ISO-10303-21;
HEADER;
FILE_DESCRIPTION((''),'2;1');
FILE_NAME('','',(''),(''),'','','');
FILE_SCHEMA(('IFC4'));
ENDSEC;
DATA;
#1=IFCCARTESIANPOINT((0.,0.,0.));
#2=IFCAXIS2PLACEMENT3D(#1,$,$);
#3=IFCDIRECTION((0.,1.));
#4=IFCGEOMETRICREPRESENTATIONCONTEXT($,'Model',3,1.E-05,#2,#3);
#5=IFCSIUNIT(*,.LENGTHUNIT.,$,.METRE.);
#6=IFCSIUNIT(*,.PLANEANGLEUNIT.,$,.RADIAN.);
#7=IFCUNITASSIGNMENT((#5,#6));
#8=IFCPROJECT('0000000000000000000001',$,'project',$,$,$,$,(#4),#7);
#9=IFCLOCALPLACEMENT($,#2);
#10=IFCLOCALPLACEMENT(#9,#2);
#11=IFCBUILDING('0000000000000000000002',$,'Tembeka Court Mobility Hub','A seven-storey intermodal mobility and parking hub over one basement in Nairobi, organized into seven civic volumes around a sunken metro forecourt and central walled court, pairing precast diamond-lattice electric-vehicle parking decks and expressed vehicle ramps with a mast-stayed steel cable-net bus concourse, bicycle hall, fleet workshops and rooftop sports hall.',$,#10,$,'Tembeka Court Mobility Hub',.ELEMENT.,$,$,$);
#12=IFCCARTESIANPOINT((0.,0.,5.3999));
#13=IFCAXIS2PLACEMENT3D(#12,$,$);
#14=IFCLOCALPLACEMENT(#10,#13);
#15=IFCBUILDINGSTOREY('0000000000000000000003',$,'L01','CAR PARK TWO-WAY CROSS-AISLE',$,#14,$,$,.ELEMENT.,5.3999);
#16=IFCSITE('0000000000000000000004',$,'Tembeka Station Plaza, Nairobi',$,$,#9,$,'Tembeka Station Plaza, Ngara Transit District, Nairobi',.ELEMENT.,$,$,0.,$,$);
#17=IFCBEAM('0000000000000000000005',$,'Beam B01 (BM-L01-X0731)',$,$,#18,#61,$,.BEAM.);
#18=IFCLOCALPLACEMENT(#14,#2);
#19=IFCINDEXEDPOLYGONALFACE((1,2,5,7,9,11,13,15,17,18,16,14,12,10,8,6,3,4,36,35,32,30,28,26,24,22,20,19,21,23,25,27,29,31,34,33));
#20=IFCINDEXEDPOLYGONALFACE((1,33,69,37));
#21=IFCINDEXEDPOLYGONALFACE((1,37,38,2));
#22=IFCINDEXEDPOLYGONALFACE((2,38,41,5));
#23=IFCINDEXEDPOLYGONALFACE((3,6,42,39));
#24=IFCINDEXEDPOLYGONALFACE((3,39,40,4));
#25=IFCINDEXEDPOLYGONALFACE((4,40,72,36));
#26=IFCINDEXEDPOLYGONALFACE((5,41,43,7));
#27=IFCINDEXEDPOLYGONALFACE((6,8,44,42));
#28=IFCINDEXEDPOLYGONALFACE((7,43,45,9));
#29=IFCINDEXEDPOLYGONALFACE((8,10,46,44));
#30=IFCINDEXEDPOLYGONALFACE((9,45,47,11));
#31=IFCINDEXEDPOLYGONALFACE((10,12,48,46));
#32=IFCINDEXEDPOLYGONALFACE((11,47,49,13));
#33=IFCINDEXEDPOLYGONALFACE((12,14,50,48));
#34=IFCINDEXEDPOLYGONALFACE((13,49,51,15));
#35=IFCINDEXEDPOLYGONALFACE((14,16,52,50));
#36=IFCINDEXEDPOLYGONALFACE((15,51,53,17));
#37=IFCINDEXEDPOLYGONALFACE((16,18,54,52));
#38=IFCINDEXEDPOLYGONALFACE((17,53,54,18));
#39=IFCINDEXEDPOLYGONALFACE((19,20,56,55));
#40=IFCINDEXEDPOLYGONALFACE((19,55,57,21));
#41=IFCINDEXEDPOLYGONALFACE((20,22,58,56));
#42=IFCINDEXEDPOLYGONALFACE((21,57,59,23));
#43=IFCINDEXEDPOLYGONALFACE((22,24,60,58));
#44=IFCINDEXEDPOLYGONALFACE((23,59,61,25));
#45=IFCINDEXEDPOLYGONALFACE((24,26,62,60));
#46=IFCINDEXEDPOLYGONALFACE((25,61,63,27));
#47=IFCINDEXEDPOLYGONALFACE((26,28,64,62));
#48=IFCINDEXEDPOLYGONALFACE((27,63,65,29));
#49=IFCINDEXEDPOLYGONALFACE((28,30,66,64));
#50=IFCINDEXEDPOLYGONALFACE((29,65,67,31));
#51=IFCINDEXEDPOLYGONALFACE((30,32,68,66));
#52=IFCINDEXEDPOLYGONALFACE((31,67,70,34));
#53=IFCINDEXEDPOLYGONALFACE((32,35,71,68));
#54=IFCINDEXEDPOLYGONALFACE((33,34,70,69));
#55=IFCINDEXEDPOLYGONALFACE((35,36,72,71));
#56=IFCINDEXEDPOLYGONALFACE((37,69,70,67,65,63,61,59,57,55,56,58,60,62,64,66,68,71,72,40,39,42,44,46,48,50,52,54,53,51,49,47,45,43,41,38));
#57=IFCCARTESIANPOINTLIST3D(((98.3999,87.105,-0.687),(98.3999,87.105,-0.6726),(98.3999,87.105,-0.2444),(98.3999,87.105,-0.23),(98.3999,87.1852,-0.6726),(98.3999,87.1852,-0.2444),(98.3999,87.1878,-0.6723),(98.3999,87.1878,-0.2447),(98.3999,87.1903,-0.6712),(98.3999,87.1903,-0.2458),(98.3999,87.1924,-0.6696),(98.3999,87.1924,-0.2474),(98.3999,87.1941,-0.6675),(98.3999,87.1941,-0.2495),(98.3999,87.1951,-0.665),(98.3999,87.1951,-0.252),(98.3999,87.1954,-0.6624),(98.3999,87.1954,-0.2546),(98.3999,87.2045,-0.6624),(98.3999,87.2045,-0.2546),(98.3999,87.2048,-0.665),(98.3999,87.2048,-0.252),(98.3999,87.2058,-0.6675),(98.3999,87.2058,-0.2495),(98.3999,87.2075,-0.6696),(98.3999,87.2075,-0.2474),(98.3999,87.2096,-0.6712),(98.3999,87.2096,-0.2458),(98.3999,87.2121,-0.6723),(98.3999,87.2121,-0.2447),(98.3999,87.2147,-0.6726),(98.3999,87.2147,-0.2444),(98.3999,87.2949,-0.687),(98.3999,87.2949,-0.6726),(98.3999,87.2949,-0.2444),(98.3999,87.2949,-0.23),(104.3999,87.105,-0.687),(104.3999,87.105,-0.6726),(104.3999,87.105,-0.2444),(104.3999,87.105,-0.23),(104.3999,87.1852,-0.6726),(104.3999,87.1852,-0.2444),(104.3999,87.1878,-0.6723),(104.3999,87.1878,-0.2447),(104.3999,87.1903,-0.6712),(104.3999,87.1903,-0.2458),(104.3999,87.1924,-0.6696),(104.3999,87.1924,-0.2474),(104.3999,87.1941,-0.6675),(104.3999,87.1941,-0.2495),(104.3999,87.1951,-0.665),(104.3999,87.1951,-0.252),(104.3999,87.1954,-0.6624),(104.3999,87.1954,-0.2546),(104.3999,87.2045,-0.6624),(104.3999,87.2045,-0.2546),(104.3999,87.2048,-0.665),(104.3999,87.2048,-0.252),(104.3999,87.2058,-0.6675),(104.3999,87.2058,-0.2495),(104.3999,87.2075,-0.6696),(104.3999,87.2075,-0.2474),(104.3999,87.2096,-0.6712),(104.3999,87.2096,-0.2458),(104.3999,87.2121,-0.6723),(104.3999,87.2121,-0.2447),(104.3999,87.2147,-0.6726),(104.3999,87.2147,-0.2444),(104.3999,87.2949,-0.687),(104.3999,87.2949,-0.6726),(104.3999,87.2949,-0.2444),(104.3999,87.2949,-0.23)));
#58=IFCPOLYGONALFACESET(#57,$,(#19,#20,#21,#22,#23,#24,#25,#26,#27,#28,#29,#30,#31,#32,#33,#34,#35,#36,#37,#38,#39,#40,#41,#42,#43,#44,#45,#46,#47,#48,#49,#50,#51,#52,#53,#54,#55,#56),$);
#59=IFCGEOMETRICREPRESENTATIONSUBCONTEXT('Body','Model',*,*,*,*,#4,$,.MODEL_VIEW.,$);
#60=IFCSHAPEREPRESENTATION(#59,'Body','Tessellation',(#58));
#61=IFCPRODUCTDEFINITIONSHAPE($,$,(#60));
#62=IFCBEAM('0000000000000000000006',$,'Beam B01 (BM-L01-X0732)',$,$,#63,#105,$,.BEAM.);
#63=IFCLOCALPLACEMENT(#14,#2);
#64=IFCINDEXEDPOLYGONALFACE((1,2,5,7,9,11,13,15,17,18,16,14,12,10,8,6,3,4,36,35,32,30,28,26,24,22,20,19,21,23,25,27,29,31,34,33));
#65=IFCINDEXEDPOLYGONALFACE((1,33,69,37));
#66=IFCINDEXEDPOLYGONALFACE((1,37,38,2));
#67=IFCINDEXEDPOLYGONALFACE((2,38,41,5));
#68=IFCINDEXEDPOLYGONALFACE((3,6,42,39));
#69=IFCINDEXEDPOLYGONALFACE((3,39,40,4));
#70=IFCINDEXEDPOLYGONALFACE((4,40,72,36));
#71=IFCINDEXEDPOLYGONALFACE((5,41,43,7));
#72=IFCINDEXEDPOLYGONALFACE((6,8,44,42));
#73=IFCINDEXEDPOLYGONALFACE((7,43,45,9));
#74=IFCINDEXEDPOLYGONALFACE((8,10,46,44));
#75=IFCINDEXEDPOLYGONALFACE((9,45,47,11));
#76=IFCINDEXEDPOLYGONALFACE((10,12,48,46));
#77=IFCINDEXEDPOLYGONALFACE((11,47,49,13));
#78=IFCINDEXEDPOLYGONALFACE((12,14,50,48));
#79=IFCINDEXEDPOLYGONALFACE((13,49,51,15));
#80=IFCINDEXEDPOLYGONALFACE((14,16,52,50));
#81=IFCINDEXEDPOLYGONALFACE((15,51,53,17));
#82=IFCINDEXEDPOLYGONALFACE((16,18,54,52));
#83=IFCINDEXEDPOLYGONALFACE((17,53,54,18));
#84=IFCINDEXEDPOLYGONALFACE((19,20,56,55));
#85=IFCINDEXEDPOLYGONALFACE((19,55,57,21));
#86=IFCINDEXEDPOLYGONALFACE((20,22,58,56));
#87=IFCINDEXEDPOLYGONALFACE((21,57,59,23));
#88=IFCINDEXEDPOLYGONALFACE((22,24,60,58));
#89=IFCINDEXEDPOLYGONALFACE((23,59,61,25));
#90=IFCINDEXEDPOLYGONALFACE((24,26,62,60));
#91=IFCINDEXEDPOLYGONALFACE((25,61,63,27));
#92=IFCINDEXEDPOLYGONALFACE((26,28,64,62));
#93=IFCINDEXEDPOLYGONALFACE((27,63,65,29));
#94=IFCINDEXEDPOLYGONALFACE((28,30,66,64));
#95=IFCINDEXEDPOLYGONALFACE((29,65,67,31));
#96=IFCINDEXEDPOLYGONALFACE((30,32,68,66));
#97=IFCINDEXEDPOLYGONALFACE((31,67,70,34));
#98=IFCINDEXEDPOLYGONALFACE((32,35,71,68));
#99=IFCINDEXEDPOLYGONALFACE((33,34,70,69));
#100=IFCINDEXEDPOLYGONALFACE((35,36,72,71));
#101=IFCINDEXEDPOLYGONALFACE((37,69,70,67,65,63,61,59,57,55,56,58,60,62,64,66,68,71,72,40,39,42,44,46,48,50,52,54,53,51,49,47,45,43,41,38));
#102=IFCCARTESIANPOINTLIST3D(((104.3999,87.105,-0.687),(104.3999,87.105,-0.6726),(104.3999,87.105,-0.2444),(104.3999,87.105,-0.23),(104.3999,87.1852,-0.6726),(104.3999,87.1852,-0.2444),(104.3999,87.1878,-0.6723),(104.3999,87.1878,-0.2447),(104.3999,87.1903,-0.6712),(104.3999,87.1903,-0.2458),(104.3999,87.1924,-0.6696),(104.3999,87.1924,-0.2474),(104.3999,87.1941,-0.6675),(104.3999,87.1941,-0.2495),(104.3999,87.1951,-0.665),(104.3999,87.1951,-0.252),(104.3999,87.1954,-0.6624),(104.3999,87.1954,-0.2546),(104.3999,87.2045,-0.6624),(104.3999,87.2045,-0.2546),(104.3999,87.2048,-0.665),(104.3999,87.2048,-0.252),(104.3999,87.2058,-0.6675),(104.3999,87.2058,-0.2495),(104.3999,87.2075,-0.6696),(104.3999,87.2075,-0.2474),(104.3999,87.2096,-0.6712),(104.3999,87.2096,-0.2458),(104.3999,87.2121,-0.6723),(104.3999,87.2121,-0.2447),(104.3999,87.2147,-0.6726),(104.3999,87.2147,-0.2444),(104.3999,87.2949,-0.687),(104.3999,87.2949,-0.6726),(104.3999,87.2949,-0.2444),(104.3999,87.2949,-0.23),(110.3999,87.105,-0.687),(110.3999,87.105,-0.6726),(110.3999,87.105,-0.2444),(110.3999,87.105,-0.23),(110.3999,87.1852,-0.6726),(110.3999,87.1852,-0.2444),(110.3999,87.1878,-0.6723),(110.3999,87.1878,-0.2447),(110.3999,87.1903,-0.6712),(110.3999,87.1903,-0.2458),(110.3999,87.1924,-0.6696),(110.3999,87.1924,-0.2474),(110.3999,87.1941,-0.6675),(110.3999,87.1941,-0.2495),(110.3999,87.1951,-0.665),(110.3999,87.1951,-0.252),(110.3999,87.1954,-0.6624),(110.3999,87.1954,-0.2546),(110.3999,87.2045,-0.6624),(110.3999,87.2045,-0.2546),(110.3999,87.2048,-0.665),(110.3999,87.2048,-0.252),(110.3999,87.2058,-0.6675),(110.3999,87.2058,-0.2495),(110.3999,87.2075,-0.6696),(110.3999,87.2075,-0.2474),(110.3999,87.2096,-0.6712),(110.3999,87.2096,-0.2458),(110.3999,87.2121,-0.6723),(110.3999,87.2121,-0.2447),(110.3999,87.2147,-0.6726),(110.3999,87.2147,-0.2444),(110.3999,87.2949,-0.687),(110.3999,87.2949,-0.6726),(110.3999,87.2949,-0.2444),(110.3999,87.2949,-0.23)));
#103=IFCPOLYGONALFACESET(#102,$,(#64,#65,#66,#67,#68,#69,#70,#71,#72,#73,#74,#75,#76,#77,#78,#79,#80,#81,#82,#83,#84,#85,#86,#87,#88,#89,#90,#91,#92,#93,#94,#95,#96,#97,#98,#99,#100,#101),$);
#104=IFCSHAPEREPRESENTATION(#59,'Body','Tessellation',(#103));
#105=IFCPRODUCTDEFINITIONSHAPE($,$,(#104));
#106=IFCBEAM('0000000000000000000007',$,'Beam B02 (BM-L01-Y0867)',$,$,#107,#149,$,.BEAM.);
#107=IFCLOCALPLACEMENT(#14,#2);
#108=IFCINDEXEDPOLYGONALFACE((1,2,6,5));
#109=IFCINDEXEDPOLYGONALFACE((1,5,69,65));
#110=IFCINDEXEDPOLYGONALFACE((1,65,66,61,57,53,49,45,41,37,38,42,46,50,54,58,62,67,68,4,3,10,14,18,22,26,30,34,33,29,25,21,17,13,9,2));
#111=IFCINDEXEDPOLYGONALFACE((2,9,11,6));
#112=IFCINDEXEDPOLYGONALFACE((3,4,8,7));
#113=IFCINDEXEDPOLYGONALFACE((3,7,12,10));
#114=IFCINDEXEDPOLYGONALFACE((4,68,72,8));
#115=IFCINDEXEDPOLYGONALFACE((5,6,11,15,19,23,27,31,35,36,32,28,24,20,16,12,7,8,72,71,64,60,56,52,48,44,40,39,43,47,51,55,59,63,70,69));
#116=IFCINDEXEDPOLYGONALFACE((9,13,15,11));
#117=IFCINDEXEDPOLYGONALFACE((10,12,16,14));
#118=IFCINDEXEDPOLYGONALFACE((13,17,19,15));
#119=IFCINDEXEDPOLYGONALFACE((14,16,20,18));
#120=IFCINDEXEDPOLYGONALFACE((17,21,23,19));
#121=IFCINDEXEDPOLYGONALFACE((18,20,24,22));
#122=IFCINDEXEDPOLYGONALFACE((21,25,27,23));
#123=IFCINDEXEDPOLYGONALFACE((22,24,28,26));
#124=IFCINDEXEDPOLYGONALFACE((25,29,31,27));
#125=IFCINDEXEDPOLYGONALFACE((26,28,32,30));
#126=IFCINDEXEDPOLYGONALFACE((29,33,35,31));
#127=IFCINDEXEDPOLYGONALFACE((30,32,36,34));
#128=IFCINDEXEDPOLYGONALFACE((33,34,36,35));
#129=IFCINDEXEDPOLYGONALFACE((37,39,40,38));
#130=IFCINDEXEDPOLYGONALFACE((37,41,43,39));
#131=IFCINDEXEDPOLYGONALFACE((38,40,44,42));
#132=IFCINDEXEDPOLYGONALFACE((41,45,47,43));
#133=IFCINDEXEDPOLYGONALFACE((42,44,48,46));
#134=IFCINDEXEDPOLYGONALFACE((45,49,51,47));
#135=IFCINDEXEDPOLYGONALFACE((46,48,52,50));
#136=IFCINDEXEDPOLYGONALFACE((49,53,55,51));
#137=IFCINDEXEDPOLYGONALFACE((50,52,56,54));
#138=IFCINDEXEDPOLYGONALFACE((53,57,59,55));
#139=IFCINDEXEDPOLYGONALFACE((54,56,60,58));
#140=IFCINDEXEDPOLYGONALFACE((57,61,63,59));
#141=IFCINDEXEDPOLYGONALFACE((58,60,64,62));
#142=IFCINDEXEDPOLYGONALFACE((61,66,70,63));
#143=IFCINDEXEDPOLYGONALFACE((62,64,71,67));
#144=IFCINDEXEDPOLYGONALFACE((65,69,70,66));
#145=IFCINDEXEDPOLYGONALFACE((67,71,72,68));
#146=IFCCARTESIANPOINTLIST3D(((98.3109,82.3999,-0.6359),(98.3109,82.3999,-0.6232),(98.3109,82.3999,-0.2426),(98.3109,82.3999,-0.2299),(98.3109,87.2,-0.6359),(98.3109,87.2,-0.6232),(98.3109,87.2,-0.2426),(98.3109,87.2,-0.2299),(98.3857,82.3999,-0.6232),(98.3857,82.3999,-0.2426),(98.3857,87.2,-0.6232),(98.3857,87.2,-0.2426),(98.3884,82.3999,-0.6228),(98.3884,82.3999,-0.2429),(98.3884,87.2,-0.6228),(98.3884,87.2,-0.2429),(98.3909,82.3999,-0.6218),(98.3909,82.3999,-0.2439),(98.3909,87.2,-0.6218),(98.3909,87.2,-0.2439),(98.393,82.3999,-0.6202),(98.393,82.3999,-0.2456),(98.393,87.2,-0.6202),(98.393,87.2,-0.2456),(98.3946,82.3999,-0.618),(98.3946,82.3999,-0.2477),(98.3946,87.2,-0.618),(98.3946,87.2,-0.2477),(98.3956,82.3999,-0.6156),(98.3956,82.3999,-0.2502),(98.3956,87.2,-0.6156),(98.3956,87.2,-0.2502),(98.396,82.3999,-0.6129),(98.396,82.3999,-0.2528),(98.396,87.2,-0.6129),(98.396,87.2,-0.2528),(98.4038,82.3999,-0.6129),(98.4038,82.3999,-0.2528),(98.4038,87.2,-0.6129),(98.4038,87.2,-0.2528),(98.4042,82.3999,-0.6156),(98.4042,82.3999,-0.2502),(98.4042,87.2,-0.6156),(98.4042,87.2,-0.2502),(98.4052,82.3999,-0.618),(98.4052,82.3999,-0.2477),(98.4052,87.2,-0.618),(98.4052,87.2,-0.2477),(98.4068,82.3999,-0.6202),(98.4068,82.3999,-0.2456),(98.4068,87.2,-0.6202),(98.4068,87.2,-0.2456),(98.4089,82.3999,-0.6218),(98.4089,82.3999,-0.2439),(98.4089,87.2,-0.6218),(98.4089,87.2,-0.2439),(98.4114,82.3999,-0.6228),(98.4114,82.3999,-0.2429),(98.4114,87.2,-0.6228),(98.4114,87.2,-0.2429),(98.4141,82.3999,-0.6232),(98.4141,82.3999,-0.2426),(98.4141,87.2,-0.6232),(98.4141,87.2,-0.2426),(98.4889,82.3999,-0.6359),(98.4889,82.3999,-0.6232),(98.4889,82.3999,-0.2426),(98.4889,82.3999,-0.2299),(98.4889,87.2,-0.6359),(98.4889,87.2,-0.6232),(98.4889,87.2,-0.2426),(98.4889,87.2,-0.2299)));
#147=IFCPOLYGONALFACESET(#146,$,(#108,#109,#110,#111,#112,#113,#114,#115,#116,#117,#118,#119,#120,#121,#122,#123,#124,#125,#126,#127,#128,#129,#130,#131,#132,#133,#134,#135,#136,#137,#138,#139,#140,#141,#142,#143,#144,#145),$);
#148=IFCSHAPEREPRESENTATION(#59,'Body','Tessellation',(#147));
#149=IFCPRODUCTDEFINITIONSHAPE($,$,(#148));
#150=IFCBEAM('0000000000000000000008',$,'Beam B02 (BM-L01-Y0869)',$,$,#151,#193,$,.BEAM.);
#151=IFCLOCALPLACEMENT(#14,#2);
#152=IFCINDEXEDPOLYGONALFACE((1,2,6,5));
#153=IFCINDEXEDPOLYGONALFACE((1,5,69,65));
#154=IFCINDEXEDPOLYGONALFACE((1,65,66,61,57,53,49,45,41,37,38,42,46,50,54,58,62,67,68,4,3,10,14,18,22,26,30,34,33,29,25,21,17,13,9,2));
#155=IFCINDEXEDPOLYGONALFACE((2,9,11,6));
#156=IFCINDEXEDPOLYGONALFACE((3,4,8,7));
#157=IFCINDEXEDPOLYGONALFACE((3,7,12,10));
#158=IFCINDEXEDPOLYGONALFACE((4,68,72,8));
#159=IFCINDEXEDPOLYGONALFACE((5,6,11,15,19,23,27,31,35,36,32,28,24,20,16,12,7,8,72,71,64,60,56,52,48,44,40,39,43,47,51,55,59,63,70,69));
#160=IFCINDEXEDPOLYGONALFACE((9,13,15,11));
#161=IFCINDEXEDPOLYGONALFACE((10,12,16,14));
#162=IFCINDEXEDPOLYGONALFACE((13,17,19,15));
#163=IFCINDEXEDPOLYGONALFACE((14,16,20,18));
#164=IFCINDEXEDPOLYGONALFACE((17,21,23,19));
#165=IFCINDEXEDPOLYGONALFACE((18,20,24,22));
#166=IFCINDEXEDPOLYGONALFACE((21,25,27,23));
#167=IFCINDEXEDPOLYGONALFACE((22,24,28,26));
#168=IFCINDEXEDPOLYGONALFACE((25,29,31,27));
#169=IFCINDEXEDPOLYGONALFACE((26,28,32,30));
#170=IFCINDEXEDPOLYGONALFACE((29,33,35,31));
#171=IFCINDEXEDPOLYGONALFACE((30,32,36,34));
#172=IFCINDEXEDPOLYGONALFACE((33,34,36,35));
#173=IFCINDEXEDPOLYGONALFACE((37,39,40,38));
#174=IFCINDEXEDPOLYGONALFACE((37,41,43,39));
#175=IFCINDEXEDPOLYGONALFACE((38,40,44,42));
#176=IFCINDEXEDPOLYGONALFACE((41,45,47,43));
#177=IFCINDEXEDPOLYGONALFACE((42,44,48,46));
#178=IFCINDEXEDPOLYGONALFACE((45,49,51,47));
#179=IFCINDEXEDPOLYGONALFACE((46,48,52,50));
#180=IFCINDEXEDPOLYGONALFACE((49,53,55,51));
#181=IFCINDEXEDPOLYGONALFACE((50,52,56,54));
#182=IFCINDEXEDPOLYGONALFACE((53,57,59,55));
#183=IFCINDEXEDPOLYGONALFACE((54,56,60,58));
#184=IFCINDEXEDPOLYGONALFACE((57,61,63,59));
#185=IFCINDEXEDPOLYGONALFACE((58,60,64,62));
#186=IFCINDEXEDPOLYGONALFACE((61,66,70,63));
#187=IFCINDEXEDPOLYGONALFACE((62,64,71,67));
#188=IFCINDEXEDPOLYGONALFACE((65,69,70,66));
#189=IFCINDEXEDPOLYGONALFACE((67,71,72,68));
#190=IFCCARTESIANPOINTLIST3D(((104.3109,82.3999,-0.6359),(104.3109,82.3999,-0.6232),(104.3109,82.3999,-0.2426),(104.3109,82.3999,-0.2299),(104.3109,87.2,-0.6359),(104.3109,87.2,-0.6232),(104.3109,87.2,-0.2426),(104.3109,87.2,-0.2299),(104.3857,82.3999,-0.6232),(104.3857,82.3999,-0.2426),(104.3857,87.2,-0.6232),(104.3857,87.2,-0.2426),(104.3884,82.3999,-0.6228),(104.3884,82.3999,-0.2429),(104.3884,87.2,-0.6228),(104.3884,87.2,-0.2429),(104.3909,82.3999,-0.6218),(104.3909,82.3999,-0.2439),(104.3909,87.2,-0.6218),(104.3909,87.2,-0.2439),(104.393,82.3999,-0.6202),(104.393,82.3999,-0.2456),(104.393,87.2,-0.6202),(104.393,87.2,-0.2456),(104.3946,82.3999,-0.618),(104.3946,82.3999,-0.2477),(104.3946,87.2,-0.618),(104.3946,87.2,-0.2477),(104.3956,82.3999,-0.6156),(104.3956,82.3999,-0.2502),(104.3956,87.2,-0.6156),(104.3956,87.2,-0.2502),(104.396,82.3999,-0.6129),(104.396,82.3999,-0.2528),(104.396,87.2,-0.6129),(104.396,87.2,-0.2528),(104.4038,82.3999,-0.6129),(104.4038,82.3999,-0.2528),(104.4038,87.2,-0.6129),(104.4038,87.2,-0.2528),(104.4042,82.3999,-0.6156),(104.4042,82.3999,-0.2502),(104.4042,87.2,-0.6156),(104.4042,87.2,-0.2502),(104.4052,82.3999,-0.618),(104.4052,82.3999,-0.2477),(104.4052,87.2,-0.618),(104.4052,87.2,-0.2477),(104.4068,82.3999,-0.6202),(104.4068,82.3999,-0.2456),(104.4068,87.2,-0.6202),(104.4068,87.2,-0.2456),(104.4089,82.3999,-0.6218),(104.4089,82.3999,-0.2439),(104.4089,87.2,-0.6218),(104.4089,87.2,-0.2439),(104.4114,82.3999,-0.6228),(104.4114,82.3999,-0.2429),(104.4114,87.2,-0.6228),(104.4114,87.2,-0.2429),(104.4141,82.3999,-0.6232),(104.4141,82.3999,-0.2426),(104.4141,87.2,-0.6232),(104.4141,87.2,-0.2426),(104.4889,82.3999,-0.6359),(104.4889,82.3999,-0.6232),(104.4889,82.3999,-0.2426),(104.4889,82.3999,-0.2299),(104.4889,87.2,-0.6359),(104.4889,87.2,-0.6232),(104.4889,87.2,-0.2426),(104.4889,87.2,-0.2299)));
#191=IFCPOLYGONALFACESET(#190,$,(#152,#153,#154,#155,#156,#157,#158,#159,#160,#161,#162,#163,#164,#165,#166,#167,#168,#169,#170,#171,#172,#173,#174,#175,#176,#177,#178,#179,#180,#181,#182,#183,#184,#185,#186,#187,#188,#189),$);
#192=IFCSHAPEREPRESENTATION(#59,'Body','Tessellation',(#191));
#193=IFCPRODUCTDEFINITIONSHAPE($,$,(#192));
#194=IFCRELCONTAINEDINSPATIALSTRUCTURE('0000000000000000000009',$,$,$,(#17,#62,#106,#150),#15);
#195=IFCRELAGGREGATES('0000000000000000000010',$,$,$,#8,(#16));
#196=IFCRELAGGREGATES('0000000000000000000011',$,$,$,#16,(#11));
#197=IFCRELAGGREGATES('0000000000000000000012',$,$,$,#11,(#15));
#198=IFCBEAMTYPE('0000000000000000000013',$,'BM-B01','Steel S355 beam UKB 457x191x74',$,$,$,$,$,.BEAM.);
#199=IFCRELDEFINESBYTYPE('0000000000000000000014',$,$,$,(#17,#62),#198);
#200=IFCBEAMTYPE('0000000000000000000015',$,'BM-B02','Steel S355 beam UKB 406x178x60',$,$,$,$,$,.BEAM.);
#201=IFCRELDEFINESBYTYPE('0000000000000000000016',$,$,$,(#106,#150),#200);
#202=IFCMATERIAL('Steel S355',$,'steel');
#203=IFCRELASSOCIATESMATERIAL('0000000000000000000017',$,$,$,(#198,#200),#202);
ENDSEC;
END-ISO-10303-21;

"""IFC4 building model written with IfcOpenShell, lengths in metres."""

from ifc_helpers import new_model, si_unit, direction, frame, origin, origin_2d, place, context, subcontext, project, spatial, i_section, extrude, material, material_profile, profile_set, type_object, element, save


model = new_model("IFC4")

# Units and contexts
model_context = context("Model", 3, precision=1e-05, world=origin(), true_north=direction((0.0, 1.0)))
body_context = subcontext(model_context, "Body", "Model", "MODEL_VIEW")
ifc_project = project(units=[si_unit("LENGTHUNIT", "METRE"), si_unit("PLANEANGLEUNIT", "RADIAN")], contexts=[model_context])

# Site, building, storey
site_placement = place(None, origin())
site = spatial("IfcSite", under=ifc_project, at=site_placement, Name="Tembeka Station Plaza, Nairobi", LongName="Tembeka Station Plaza, Ngara Transit District, Nairobi", CompositionType="ELEMENT", RefElevation=0.0)
building_placement = place(site_placement, origin())
building = spatial("IfcBuilding", under=site, at=building_placement, Name="Tembeka Court Mobility Hub", Description="A seven-storey intermodal mobility and parking hub over one basement in Nairobi, organized into seven civic volumes around a sunken metro forecourt and central walled court, pairing precast diamond-lattice electric-vehicle parking decks and expressed vehicle ramps with a mast-stayed steel cable-net bus concourse, bicycle hall, fleet workshops and rooftop sports hall.", LongName="Tembeka Court Mobility Hub", CompositionType="ELEMENT")
storey_placement = place(building_placement, frame((0.0, 0.0, 5.3999)))
storey = spatial("IfcBuildingStorey", under=building, at=storey_placement, Name="L01", Description="CAR PARK TWO-WAY CROSS-AISLE", CompositionType="ELEMENT", Elevation=5.3999)

# Shared definitions
ifc_material_1 = material(Name="Steel S355", Category="steel")

# Beams
ifc_material_profile_1 = material_profile(ifc_material_1, i_section(OverallWidth=0.1899, OverallDepth=0.457, WebThickness=0.009, FlangeThickness=0.0144, FilletRadius=0.0103, at=origin_2d()), Name="UKB 457x191x74")
ifc_profile_set_1 = profile_set([ifc_material_profile_1], Name="Steel S355")
beam_type_1 = type_object("IfcBeamType", Name="BM-B01", Description="Steel S355 beam UKB 457x191x74", PredefinedType="BEAM", material=ifc_profile_set_1)
for number, where, z_axis, x_axis, name in (
    (1, (98.3999, 87.2, -0.4585), (1.0, 0.0, 0.0), (0.0, 1.0, 0.0), "Beam B01 (BM-L01-X0731)"),
    (2, (104.3999, 87.2, -0.4585), (1.0, 0.0, 0.0), (0.0, 1.0, 0.0), "Beam B01 (BM-L01-X0732)"),
):
    element("IfcBeam", number, at=place(storey_placement, frame(where, z_axis=z_axis, x_axis=x_axis)), inside=storey, type_object=beam_type_1, Name=name, PredefinedType="BEAM", context=body_context, shape_type="SweptSolid", body=[
        extrude(i_section(OverallWidth=0.1899, OverallDepth=0.457, WebThickness=0.009, FlangeThickness=0.0144, FilletRadius=0.0103, at=origin_2d()), origin(), (0.0, 0.0, 1.0), 6.0),
    ])
ifc_material_profile_2 = material_profile(ifc_material_1, i_section(OverallWidth=0.178, OverallDepth=0.406, WebThickness=0.0078, FlangeThickness=0.0127, FilletRadius=0.0103, at=origin_2d()), Name="UKB 406x178x60")
ifc_profile_set_2 = profile_set([ifc_material_profile_2], Name="Steel S355")
beam_type_2 = type_object("IfcBeamType", Name="BM-B02", Description="Steel S355 beam UKB 406x178x60", PredefinedType="BEAM", material=ifc_profile_set_2)
for number, where, z_axis, x_axis, name in (
    (3, (98.3999, 82.3999, -0.4329), (0.0, 1.0, 0.0), (-1.0, 0.0, 0.0), "Beam B02 (BM-L01-Y0867)"),
    (4, (104.3999, 82.3999, -0.4329), (0.0, 1.0, 0.0), (-1.0, 0.0, 0.0), "Beam B02 (BM-L01-Y0869)"),
):
    element("IfcBeam", number, at=place(storey_placement, frame(where, z_axis=z_axis, x_axis=x_axis)), inside=storey, type_object=beam_type_2, Name=name, PredefinedType="BEAM", context=body_context, shape_type="SweptSolid", body=[
        extrude(i_section(OverallWidth=0.178, OverallDepth=0.406, WebThickness=0.0078, FlangeThickness=0.0127, FilletRadius=0.0103, at=origin_2d()), origin(), (0.0, 0.0, 1.0), 4.8),
    ])

save(model, "model.ifc")
